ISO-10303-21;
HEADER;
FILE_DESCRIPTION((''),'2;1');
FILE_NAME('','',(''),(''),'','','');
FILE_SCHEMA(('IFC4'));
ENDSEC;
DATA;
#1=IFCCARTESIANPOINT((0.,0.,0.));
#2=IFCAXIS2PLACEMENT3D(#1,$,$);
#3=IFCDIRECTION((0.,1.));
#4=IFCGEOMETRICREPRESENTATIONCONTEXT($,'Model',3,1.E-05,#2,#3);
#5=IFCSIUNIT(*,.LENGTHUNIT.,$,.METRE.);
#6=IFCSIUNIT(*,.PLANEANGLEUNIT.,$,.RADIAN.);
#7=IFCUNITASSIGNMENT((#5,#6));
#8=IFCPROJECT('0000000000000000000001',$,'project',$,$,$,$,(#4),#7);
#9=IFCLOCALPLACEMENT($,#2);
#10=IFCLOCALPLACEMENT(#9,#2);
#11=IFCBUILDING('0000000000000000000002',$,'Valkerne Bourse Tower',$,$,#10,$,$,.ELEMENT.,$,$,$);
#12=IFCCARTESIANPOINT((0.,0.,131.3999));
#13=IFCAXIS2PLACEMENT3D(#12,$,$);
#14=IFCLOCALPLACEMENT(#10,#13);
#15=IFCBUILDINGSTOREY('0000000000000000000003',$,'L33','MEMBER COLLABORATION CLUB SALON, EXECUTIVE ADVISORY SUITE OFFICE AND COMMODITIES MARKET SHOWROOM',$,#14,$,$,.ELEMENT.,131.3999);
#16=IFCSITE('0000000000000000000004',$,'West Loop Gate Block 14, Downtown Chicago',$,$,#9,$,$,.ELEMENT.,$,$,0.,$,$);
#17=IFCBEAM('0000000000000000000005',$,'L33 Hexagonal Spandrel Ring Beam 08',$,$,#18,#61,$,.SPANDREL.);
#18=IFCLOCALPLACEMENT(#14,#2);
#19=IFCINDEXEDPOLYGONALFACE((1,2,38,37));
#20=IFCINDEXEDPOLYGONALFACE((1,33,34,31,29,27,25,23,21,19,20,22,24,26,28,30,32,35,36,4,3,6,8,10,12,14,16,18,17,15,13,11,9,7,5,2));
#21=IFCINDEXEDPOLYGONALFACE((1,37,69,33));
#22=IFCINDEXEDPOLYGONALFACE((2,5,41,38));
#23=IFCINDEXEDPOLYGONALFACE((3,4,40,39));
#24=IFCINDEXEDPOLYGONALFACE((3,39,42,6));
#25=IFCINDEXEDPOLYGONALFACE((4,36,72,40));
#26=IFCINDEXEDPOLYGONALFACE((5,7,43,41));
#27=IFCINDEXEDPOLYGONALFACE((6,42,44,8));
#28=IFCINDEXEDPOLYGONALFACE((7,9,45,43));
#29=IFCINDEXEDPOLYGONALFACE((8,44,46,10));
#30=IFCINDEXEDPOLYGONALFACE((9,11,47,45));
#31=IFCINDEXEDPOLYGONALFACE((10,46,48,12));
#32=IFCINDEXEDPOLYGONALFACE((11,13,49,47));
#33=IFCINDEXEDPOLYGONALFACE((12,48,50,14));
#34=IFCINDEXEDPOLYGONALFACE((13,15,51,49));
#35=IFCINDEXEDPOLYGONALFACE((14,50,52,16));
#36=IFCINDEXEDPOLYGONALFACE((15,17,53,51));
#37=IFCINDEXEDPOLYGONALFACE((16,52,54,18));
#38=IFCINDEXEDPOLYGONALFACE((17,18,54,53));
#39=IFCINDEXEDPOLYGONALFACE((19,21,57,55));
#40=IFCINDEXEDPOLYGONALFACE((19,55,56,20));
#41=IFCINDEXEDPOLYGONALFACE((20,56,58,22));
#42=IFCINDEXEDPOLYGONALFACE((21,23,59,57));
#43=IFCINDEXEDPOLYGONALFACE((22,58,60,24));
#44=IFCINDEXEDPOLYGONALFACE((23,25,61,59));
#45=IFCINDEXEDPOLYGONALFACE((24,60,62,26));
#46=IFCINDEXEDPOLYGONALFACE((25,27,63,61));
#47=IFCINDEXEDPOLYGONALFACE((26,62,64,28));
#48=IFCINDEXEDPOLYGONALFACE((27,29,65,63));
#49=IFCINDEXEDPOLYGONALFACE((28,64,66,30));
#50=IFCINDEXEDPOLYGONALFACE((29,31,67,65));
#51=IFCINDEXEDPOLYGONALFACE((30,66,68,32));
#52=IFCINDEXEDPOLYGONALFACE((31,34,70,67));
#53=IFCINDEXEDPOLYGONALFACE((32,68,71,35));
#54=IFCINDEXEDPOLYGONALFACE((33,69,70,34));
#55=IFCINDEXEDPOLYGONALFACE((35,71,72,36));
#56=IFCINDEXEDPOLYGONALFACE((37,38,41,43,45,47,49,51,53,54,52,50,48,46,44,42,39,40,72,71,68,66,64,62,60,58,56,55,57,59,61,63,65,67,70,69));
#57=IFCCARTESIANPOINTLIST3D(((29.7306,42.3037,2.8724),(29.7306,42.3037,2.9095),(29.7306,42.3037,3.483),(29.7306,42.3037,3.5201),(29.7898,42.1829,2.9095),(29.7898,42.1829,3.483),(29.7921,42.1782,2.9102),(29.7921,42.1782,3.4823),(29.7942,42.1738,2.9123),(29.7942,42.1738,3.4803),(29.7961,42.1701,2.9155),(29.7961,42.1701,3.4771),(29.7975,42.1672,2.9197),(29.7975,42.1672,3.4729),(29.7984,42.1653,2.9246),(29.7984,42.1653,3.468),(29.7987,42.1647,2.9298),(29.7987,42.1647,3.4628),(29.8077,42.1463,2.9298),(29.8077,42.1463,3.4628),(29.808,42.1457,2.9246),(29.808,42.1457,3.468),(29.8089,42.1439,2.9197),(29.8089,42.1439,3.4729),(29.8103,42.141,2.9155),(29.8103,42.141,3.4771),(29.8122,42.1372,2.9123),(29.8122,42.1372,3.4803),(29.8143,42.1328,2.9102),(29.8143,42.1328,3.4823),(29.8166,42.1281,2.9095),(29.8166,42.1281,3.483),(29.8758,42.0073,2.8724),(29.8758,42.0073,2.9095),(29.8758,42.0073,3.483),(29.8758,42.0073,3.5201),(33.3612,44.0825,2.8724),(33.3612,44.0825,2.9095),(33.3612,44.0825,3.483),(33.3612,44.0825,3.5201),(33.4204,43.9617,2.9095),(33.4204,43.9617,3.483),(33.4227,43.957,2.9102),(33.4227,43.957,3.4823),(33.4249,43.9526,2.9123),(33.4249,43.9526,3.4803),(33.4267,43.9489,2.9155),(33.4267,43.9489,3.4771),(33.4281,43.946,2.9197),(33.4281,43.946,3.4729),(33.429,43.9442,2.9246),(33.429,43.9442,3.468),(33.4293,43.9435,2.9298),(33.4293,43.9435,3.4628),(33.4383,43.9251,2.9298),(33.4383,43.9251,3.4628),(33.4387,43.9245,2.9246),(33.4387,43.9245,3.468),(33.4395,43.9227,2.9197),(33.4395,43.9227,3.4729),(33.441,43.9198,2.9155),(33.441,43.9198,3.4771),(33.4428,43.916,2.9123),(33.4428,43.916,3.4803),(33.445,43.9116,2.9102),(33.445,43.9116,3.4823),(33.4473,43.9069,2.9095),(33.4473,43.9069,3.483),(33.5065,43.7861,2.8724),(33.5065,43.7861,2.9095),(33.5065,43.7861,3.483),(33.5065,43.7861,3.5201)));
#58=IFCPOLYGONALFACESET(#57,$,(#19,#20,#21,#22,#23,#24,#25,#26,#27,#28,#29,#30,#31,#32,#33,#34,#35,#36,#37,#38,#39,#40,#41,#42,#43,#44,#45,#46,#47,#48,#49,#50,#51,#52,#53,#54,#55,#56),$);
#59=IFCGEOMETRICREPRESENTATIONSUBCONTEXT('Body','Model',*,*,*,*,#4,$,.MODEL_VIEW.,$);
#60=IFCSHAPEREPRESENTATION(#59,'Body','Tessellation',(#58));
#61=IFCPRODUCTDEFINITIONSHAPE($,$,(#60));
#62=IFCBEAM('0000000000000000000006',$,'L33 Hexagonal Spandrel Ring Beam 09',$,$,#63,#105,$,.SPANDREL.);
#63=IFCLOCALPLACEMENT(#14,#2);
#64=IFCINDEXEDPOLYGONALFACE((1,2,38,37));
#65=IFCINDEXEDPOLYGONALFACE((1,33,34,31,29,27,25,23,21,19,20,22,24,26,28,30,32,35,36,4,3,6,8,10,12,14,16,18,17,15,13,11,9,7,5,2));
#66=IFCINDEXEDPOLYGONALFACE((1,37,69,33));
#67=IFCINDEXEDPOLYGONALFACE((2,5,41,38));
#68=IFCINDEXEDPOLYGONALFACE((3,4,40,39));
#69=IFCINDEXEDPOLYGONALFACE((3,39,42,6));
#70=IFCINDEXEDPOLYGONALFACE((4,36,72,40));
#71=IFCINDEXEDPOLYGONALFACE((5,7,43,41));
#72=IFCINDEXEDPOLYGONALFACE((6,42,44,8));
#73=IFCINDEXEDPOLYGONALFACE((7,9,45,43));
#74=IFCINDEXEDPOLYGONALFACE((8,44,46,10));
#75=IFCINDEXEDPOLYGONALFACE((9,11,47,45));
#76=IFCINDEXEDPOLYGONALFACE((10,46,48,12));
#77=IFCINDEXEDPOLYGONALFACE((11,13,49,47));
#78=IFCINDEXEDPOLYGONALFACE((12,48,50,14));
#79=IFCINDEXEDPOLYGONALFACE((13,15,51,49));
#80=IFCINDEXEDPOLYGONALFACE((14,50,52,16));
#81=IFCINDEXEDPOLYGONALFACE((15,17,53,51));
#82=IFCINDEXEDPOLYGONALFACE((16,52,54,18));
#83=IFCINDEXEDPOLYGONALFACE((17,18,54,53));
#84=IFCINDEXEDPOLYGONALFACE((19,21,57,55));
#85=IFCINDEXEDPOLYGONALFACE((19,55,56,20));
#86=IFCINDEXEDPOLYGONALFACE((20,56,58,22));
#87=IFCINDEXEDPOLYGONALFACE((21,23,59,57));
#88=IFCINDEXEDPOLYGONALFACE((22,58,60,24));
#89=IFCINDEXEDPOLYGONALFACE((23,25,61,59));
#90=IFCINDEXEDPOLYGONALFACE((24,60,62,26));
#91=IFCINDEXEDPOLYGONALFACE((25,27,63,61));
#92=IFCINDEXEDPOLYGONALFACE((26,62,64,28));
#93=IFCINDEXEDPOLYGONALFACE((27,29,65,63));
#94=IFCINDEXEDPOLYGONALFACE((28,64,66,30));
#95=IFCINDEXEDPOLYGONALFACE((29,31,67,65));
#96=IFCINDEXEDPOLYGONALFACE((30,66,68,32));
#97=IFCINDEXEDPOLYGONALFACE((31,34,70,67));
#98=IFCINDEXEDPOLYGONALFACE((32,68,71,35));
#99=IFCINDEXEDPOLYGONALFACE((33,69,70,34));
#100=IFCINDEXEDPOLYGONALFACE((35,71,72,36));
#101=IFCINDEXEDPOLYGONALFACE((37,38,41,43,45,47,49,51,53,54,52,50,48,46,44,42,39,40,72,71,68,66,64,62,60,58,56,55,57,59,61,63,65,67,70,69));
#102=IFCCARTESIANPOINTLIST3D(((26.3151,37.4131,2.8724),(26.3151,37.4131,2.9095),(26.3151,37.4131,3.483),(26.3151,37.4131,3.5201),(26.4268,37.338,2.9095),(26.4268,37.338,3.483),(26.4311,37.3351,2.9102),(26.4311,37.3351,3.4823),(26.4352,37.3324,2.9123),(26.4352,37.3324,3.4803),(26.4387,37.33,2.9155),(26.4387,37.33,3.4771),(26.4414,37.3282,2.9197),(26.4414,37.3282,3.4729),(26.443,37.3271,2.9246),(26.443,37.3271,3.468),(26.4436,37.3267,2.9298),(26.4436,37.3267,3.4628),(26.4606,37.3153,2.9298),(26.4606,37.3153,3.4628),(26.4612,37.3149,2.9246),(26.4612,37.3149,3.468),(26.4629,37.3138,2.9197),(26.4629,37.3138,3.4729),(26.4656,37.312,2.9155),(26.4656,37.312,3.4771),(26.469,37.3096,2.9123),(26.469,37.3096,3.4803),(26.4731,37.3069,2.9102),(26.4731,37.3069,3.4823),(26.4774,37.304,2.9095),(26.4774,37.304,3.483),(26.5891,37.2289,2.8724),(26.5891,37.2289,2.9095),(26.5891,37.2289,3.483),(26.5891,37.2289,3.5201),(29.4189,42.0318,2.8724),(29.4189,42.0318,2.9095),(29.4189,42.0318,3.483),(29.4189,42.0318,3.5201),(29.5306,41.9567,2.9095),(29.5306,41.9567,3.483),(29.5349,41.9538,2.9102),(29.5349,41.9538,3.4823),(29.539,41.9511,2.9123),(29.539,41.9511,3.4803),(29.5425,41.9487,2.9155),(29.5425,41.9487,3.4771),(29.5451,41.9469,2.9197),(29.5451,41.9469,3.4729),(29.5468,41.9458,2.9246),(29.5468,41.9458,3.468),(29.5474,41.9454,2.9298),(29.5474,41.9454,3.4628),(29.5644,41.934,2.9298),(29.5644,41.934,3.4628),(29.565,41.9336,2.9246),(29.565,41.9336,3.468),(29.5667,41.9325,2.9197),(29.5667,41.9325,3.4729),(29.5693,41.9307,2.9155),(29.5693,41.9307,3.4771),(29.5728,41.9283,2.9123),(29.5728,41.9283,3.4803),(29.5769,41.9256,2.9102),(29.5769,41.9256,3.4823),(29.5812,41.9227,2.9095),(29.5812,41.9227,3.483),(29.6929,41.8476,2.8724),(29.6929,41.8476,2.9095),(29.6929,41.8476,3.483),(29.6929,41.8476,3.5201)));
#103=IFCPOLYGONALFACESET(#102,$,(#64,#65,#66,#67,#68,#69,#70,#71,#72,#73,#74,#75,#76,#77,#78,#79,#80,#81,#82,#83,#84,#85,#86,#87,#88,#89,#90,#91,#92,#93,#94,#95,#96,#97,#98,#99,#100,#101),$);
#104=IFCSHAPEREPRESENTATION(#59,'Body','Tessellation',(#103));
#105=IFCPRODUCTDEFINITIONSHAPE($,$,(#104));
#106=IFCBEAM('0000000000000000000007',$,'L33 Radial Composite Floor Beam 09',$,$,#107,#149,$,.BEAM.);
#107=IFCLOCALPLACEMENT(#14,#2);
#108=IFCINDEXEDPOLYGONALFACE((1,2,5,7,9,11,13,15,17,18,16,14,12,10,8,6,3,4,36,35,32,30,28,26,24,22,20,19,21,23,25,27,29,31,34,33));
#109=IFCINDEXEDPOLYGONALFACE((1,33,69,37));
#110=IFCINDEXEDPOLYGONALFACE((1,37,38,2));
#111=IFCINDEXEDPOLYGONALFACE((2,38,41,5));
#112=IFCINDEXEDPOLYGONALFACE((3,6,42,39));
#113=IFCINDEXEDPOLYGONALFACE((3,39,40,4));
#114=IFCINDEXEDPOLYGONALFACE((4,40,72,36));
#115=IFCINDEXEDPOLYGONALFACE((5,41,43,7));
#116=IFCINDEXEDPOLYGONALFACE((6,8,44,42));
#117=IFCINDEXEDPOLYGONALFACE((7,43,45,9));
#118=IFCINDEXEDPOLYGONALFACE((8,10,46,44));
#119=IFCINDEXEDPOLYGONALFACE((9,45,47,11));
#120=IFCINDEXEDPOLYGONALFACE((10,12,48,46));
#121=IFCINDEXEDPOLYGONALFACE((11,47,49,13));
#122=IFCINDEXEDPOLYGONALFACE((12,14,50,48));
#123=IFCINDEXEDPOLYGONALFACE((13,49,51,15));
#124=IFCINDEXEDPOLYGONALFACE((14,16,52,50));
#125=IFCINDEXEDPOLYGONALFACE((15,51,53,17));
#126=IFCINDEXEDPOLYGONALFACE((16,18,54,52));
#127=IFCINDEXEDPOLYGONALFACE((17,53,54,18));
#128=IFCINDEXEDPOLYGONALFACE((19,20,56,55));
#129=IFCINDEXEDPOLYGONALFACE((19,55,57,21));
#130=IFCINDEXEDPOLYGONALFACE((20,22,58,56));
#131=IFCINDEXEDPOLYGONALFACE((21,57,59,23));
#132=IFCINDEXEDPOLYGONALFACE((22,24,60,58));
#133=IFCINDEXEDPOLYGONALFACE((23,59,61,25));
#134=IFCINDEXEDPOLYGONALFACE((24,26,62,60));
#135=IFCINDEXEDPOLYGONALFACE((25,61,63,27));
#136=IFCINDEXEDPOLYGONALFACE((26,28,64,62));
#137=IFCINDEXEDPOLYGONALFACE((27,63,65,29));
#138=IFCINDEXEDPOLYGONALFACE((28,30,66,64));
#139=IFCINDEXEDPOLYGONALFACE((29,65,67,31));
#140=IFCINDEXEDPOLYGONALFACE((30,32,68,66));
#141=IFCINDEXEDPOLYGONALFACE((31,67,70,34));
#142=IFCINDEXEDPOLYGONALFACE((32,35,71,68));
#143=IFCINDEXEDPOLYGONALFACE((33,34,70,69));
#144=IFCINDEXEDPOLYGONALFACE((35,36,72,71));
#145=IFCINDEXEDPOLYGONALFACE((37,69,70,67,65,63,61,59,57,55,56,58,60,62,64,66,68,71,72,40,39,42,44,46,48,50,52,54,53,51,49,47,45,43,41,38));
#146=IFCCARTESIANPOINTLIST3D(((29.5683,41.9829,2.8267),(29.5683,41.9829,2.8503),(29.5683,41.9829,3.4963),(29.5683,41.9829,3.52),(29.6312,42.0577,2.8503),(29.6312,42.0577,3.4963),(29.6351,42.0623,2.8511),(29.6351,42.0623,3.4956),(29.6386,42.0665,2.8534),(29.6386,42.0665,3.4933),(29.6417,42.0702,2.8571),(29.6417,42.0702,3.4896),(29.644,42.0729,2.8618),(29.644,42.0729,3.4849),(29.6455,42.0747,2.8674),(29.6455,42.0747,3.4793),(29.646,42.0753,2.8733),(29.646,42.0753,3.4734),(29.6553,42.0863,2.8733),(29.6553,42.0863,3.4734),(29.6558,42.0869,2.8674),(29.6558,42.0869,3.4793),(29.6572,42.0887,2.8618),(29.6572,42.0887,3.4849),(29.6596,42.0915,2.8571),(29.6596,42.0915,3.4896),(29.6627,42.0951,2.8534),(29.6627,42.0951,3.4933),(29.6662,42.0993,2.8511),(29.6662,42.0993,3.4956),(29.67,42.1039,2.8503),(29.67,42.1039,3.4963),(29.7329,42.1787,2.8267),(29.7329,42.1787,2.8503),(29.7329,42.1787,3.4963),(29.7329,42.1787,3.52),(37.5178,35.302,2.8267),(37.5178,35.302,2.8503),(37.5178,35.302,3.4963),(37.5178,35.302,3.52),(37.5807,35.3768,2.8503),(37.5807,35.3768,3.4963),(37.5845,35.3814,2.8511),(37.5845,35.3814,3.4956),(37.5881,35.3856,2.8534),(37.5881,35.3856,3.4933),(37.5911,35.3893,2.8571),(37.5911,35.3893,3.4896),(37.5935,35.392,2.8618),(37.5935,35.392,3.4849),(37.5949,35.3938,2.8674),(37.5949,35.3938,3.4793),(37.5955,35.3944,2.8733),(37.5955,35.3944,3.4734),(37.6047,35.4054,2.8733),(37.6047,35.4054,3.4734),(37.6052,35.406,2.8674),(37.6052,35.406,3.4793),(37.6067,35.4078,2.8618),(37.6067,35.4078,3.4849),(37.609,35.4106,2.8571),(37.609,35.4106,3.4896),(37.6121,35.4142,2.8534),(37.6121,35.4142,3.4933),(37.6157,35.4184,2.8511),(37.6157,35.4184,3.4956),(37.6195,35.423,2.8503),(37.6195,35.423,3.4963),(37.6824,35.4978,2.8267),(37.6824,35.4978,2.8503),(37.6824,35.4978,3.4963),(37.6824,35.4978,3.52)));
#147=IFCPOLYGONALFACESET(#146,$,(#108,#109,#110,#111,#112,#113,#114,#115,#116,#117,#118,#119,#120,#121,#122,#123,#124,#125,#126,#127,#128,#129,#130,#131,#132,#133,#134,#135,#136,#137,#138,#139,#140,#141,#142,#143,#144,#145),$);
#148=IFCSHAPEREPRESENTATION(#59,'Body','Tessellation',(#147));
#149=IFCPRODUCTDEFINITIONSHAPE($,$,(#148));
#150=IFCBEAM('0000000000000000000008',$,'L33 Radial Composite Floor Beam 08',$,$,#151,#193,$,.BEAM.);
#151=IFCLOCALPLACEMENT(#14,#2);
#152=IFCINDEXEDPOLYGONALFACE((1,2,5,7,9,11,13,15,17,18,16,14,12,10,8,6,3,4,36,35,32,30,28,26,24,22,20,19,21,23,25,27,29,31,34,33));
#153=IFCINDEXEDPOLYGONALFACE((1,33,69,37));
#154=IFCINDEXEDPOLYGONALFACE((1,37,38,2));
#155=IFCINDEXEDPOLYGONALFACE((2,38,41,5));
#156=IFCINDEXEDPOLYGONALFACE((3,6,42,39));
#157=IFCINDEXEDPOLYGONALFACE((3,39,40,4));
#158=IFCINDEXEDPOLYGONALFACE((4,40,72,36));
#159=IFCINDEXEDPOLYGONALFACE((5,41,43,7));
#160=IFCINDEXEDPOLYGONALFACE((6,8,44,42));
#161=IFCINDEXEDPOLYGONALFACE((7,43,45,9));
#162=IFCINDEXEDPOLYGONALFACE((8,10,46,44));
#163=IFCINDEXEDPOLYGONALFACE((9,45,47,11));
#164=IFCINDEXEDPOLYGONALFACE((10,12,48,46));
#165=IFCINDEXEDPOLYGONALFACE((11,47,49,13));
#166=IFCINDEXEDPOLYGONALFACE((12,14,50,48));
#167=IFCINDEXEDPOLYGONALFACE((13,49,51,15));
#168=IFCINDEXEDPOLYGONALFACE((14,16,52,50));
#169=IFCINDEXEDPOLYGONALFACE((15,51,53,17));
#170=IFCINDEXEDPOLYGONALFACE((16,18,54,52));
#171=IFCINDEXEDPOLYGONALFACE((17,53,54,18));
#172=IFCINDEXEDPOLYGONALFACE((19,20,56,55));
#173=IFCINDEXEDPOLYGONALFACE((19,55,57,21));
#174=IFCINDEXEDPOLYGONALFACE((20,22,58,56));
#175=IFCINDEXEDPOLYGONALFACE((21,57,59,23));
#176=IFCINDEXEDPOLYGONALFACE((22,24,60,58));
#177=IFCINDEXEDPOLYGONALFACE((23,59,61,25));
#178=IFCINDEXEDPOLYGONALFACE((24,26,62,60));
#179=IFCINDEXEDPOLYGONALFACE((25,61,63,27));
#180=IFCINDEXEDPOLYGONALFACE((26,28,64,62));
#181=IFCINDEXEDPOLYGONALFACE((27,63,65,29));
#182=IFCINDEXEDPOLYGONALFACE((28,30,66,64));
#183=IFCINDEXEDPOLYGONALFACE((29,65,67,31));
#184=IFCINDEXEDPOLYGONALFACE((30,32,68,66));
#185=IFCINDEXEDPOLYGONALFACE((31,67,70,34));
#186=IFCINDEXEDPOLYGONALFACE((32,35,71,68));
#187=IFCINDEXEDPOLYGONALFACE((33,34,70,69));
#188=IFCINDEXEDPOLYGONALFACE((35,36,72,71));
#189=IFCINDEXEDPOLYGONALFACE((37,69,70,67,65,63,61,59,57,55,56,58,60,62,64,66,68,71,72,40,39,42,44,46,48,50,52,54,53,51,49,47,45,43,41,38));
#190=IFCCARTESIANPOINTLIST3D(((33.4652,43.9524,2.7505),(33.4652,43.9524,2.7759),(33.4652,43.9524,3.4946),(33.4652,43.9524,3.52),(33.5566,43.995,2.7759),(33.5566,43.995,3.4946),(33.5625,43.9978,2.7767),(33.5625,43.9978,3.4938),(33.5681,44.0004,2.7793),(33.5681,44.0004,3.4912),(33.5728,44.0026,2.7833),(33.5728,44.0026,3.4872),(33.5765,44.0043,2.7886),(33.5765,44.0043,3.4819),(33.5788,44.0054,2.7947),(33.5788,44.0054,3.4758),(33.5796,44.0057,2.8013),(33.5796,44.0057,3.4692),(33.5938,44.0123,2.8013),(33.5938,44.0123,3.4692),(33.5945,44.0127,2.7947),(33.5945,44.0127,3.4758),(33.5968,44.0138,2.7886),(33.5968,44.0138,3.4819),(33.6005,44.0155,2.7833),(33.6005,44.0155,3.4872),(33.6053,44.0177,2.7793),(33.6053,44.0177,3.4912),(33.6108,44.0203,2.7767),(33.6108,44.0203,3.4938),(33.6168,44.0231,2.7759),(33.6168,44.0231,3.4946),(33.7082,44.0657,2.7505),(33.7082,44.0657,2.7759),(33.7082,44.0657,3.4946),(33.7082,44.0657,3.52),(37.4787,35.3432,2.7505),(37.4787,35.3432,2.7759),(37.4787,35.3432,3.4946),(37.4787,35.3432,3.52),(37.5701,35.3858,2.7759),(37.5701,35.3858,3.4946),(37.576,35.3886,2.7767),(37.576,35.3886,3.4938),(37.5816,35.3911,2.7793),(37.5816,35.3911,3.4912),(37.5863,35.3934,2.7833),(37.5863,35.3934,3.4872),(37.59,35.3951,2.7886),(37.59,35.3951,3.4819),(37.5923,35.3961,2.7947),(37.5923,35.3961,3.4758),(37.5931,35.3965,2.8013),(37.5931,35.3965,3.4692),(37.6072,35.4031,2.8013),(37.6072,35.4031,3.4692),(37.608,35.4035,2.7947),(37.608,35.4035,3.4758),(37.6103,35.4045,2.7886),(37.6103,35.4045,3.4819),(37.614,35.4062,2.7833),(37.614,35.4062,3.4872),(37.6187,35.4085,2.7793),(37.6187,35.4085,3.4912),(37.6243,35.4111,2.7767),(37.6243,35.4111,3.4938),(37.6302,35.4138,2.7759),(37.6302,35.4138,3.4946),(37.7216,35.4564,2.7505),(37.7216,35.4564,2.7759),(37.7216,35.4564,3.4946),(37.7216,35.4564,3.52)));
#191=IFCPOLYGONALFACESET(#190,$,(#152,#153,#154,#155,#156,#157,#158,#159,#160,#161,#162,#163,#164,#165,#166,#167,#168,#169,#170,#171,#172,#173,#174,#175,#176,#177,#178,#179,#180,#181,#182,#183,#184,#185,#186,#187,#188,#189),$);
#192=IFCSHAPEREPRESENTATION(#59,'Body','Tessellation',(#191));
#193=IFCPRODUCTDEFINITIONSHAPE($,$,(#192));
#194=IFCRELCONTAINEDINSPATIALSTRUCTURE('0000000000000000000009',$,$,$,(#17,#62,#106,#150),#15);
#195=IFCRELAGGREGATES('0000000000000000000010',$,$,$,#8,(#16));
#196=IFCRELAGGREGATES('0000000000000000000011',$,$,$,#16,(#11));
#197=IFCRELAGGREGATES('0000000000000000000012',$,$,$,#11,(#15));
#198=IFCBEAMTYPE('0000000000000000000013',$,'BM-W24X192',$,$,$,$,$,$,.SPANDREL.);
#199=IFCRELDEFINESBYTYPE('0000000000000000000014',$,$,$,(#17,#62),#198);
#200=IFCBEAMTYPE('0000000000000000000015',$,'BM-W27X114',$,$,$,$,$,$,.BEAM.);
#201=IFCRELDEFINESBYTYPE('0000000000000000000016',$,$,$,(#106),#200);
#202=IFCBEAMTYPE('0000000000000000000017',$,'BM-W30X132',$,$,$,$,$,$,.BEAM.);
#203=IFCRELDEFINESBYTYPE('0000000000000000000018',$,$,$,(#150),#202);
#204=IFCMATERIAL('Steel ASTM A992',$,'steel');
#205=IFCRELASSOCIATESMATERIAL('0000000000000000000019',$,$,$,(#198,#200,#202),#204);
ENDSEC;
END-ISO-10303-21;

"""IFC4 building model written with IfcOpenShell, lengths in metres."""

from ifc_helpers import new_model, si_unit, direction, frame, origin, origin_2d, place, context, subcontext, project, spatial, i_section, extrude, material, material_profile, profile_set, type_object, element, save


model = new_model("IFC4")

# Units and contexts
model_context = context("Model", 3, precision=1e-05, world=origin(), true_north=direction((0.0, 1.0)))
body_context = subcontext(model_context, "Body", "Model", "MODEL_VIEW")
ifc_project = project(units=[si_unit("LENGTHUNIT", "METRE"), si_unit("PLANEANGLEUNIT", "RADIAN")], contexts=[model_context])

# Site, building, storey
site_placement = place(None, origin())
site = spatial("IfcSite", under=ifc_project, at=site_placement, Name="West Loop Gate Block 14, Downtown Chicago", CompositionType="ELEMENT", RefElevation=0.0)
building_placement = place(site_placement, origin())
building = spatial("IfcBuilding", under=site, at=building_placement, Name="Valkerne Bourse Tower", CompositionType="ELEMENT")
storey_placement = place(building_placement, frame((0.0, 0.0, 131.3999)))
storey = spatial("IfcBuildingStorey", under=building, at=storey_placement, Name="L33", Description="MEMBER COLLABORATION CLUB SALON, EXECUTIVE ADVISORY SUITE OFFICE AND COMMODITIES MARKET SHOWROOM", CompositionType="ELEMENT", Elevation=131.3999)

# Beams
ifc_material_1 = material(Name="Steel ASTM A992", Category="steel")
ifc_material_profile_1 = material_profile(ifc_material_1, i_section(OverallWidth=0.3301, OverallDepth=0.6477, WebThickness=0.0205, FlangeThickness=0.0371, FilletRadius=0.0203, at=origin_2d()), Name="W24X192")
ifc_profile_set_1 = profile_set([ifc_material_profile_1], Name="Steel ASTM A992")
beam_type_1 = type_object("IfcBeamType", Name="BM-W24X192", PredefinedType="SPANDREL", material=ifc_profile_set_1)
for number, where, z_axis, x_axis, name in (
    (1, (33.4338, 43.9343, 3.1963), (-0.898009, -0.439977, 0.0), (0.439977, -0.898009, 0.0), "L33 Hexagonal Spandrel Ring Beam 08"),
):
    element("IfcBeam", number, at=place(storey_placement, frame(where, z_axis=z_axis, x_axis=x_axis)), inside=storey, type_object=beam_type_1, Name=name, PredefinedType="SPANDREL", context=body_context, shape_type="SweptSolid", body=[
        extrude(i_section(OverallWidth=0.3301, OverallDepth=0.6477, WebThickness=0.0205, FlangeThickness=0.0371, FilletRadius=0.0203, at=origin_2d()), origin(), (0.0, 0.0, 1.0), 4.043),
    ])
beam_1_placement = place(storey_placement, frame((29.5559, 41.9397, 3.1963), z_axis=(-0.557764, -0.829999, 0.0), x_axis=(0.829999, -0.557764, 0.0)))
element("IfcBeam", 2, at=beam_1_placement, inside=storey, type_object=beam_type_1, Name="L33 Hexagonal Spandrel Ring Beam 09", PredefinedType="SPANDREL", context=body_context, shape_type="SweptSolid", body=[
    extrude(i_section(OverallWidth=0.3301, OverallDepth=0.6477, WebThickness=0.0205, FlangeThickness=0.0371, FilletRadius=0.0203, at=origin_2d()), origin(), (0.0, 0.0, 1.0), 5.5647),
])
ifc_material_profile_2 = material_profile(ifc_material_1, i_section(OverallWidth=0.2559, OverallDepth=0.6934, WebThickness=0.0144, FlangeThickness=0.0237, FilletRadius=0.0229, at=origin_2d()), Name="W27X114")
ifc_profile_set_2 = profile_set([ifc_material_profile_2], Name="Steel ASTM A992")
beam_type_2 = type_object("IfcBeamType", Name="BM-W27X114", PredefinedType="BEAM", material=ifc_profile_set_2)
beam_2_placement = place(storey_placement, frame((29.6506, 42.0808, 3.1733), z_axis=(0.765546, -0.643382, 0.0), x_axis=(0.643382, 0.765546, 0.0)))
element("IfcBeam", 3, at=beam_2_placement, inside=storey, type_object=beam_type_2, Name="L33 Radial Composite Floor Beam 09", PredefinedType="BEAM", context=body_context, shape_type="SweptSolid", body=[
    extrude(i_section(OverallWidth=0.2559, OverallDepth=0.6934, WebThickness=0.0144, FlangeThickness=0.0237, FilletRadius=0.0229, at=origin_2d()), origin(), (0.0, 0.0, 1.0), 10.384),
])
ifc_material_profile_3 = material_profile(ifc_material_1, i_section(OverallWidth=0.2681, OverallDepth=0.7695, WebThickness=0.0156, FlangeThickness=0.0254, FilletRadius=0.0254, at=origin_2d()), Name="W30X132")
ifc_profile_set_3 = profile_set([ifc_material_profile_3], Name="Steel ASTM A992")
beam_type_3 = type_object("IfcBeamType", Name="BM-W30X132", PredefinedType="BEAM", material=ifc_profile_set_3)
beam_3_placement = place(storey_placement, frame((33.5867, 44.009, 3.1353), z_axis=(0.422525, -0.906351, 0.0), x_axis=(0.906351, 0.422525, 0.0)))
element("IfcBeam", 4, at=beam_3_placement, inside=storey, type_object=beam_type_3, Name="L33 Radial Composite Floor Beam 08", PredefinedType="BEAM", context=body_context, shape_type="SweptSolid", body=[
    extrude(i_section(OverallWidth=0.2681, OverallDepth=0.7695, WebThickness=0.0156, FlangeThickness=0.0254, FilletRadius=0.0254, at=origin_2d()), origin(), (0.0, 0.0, 1.0), 9.4988),
])

save(model, "model.ifc")
